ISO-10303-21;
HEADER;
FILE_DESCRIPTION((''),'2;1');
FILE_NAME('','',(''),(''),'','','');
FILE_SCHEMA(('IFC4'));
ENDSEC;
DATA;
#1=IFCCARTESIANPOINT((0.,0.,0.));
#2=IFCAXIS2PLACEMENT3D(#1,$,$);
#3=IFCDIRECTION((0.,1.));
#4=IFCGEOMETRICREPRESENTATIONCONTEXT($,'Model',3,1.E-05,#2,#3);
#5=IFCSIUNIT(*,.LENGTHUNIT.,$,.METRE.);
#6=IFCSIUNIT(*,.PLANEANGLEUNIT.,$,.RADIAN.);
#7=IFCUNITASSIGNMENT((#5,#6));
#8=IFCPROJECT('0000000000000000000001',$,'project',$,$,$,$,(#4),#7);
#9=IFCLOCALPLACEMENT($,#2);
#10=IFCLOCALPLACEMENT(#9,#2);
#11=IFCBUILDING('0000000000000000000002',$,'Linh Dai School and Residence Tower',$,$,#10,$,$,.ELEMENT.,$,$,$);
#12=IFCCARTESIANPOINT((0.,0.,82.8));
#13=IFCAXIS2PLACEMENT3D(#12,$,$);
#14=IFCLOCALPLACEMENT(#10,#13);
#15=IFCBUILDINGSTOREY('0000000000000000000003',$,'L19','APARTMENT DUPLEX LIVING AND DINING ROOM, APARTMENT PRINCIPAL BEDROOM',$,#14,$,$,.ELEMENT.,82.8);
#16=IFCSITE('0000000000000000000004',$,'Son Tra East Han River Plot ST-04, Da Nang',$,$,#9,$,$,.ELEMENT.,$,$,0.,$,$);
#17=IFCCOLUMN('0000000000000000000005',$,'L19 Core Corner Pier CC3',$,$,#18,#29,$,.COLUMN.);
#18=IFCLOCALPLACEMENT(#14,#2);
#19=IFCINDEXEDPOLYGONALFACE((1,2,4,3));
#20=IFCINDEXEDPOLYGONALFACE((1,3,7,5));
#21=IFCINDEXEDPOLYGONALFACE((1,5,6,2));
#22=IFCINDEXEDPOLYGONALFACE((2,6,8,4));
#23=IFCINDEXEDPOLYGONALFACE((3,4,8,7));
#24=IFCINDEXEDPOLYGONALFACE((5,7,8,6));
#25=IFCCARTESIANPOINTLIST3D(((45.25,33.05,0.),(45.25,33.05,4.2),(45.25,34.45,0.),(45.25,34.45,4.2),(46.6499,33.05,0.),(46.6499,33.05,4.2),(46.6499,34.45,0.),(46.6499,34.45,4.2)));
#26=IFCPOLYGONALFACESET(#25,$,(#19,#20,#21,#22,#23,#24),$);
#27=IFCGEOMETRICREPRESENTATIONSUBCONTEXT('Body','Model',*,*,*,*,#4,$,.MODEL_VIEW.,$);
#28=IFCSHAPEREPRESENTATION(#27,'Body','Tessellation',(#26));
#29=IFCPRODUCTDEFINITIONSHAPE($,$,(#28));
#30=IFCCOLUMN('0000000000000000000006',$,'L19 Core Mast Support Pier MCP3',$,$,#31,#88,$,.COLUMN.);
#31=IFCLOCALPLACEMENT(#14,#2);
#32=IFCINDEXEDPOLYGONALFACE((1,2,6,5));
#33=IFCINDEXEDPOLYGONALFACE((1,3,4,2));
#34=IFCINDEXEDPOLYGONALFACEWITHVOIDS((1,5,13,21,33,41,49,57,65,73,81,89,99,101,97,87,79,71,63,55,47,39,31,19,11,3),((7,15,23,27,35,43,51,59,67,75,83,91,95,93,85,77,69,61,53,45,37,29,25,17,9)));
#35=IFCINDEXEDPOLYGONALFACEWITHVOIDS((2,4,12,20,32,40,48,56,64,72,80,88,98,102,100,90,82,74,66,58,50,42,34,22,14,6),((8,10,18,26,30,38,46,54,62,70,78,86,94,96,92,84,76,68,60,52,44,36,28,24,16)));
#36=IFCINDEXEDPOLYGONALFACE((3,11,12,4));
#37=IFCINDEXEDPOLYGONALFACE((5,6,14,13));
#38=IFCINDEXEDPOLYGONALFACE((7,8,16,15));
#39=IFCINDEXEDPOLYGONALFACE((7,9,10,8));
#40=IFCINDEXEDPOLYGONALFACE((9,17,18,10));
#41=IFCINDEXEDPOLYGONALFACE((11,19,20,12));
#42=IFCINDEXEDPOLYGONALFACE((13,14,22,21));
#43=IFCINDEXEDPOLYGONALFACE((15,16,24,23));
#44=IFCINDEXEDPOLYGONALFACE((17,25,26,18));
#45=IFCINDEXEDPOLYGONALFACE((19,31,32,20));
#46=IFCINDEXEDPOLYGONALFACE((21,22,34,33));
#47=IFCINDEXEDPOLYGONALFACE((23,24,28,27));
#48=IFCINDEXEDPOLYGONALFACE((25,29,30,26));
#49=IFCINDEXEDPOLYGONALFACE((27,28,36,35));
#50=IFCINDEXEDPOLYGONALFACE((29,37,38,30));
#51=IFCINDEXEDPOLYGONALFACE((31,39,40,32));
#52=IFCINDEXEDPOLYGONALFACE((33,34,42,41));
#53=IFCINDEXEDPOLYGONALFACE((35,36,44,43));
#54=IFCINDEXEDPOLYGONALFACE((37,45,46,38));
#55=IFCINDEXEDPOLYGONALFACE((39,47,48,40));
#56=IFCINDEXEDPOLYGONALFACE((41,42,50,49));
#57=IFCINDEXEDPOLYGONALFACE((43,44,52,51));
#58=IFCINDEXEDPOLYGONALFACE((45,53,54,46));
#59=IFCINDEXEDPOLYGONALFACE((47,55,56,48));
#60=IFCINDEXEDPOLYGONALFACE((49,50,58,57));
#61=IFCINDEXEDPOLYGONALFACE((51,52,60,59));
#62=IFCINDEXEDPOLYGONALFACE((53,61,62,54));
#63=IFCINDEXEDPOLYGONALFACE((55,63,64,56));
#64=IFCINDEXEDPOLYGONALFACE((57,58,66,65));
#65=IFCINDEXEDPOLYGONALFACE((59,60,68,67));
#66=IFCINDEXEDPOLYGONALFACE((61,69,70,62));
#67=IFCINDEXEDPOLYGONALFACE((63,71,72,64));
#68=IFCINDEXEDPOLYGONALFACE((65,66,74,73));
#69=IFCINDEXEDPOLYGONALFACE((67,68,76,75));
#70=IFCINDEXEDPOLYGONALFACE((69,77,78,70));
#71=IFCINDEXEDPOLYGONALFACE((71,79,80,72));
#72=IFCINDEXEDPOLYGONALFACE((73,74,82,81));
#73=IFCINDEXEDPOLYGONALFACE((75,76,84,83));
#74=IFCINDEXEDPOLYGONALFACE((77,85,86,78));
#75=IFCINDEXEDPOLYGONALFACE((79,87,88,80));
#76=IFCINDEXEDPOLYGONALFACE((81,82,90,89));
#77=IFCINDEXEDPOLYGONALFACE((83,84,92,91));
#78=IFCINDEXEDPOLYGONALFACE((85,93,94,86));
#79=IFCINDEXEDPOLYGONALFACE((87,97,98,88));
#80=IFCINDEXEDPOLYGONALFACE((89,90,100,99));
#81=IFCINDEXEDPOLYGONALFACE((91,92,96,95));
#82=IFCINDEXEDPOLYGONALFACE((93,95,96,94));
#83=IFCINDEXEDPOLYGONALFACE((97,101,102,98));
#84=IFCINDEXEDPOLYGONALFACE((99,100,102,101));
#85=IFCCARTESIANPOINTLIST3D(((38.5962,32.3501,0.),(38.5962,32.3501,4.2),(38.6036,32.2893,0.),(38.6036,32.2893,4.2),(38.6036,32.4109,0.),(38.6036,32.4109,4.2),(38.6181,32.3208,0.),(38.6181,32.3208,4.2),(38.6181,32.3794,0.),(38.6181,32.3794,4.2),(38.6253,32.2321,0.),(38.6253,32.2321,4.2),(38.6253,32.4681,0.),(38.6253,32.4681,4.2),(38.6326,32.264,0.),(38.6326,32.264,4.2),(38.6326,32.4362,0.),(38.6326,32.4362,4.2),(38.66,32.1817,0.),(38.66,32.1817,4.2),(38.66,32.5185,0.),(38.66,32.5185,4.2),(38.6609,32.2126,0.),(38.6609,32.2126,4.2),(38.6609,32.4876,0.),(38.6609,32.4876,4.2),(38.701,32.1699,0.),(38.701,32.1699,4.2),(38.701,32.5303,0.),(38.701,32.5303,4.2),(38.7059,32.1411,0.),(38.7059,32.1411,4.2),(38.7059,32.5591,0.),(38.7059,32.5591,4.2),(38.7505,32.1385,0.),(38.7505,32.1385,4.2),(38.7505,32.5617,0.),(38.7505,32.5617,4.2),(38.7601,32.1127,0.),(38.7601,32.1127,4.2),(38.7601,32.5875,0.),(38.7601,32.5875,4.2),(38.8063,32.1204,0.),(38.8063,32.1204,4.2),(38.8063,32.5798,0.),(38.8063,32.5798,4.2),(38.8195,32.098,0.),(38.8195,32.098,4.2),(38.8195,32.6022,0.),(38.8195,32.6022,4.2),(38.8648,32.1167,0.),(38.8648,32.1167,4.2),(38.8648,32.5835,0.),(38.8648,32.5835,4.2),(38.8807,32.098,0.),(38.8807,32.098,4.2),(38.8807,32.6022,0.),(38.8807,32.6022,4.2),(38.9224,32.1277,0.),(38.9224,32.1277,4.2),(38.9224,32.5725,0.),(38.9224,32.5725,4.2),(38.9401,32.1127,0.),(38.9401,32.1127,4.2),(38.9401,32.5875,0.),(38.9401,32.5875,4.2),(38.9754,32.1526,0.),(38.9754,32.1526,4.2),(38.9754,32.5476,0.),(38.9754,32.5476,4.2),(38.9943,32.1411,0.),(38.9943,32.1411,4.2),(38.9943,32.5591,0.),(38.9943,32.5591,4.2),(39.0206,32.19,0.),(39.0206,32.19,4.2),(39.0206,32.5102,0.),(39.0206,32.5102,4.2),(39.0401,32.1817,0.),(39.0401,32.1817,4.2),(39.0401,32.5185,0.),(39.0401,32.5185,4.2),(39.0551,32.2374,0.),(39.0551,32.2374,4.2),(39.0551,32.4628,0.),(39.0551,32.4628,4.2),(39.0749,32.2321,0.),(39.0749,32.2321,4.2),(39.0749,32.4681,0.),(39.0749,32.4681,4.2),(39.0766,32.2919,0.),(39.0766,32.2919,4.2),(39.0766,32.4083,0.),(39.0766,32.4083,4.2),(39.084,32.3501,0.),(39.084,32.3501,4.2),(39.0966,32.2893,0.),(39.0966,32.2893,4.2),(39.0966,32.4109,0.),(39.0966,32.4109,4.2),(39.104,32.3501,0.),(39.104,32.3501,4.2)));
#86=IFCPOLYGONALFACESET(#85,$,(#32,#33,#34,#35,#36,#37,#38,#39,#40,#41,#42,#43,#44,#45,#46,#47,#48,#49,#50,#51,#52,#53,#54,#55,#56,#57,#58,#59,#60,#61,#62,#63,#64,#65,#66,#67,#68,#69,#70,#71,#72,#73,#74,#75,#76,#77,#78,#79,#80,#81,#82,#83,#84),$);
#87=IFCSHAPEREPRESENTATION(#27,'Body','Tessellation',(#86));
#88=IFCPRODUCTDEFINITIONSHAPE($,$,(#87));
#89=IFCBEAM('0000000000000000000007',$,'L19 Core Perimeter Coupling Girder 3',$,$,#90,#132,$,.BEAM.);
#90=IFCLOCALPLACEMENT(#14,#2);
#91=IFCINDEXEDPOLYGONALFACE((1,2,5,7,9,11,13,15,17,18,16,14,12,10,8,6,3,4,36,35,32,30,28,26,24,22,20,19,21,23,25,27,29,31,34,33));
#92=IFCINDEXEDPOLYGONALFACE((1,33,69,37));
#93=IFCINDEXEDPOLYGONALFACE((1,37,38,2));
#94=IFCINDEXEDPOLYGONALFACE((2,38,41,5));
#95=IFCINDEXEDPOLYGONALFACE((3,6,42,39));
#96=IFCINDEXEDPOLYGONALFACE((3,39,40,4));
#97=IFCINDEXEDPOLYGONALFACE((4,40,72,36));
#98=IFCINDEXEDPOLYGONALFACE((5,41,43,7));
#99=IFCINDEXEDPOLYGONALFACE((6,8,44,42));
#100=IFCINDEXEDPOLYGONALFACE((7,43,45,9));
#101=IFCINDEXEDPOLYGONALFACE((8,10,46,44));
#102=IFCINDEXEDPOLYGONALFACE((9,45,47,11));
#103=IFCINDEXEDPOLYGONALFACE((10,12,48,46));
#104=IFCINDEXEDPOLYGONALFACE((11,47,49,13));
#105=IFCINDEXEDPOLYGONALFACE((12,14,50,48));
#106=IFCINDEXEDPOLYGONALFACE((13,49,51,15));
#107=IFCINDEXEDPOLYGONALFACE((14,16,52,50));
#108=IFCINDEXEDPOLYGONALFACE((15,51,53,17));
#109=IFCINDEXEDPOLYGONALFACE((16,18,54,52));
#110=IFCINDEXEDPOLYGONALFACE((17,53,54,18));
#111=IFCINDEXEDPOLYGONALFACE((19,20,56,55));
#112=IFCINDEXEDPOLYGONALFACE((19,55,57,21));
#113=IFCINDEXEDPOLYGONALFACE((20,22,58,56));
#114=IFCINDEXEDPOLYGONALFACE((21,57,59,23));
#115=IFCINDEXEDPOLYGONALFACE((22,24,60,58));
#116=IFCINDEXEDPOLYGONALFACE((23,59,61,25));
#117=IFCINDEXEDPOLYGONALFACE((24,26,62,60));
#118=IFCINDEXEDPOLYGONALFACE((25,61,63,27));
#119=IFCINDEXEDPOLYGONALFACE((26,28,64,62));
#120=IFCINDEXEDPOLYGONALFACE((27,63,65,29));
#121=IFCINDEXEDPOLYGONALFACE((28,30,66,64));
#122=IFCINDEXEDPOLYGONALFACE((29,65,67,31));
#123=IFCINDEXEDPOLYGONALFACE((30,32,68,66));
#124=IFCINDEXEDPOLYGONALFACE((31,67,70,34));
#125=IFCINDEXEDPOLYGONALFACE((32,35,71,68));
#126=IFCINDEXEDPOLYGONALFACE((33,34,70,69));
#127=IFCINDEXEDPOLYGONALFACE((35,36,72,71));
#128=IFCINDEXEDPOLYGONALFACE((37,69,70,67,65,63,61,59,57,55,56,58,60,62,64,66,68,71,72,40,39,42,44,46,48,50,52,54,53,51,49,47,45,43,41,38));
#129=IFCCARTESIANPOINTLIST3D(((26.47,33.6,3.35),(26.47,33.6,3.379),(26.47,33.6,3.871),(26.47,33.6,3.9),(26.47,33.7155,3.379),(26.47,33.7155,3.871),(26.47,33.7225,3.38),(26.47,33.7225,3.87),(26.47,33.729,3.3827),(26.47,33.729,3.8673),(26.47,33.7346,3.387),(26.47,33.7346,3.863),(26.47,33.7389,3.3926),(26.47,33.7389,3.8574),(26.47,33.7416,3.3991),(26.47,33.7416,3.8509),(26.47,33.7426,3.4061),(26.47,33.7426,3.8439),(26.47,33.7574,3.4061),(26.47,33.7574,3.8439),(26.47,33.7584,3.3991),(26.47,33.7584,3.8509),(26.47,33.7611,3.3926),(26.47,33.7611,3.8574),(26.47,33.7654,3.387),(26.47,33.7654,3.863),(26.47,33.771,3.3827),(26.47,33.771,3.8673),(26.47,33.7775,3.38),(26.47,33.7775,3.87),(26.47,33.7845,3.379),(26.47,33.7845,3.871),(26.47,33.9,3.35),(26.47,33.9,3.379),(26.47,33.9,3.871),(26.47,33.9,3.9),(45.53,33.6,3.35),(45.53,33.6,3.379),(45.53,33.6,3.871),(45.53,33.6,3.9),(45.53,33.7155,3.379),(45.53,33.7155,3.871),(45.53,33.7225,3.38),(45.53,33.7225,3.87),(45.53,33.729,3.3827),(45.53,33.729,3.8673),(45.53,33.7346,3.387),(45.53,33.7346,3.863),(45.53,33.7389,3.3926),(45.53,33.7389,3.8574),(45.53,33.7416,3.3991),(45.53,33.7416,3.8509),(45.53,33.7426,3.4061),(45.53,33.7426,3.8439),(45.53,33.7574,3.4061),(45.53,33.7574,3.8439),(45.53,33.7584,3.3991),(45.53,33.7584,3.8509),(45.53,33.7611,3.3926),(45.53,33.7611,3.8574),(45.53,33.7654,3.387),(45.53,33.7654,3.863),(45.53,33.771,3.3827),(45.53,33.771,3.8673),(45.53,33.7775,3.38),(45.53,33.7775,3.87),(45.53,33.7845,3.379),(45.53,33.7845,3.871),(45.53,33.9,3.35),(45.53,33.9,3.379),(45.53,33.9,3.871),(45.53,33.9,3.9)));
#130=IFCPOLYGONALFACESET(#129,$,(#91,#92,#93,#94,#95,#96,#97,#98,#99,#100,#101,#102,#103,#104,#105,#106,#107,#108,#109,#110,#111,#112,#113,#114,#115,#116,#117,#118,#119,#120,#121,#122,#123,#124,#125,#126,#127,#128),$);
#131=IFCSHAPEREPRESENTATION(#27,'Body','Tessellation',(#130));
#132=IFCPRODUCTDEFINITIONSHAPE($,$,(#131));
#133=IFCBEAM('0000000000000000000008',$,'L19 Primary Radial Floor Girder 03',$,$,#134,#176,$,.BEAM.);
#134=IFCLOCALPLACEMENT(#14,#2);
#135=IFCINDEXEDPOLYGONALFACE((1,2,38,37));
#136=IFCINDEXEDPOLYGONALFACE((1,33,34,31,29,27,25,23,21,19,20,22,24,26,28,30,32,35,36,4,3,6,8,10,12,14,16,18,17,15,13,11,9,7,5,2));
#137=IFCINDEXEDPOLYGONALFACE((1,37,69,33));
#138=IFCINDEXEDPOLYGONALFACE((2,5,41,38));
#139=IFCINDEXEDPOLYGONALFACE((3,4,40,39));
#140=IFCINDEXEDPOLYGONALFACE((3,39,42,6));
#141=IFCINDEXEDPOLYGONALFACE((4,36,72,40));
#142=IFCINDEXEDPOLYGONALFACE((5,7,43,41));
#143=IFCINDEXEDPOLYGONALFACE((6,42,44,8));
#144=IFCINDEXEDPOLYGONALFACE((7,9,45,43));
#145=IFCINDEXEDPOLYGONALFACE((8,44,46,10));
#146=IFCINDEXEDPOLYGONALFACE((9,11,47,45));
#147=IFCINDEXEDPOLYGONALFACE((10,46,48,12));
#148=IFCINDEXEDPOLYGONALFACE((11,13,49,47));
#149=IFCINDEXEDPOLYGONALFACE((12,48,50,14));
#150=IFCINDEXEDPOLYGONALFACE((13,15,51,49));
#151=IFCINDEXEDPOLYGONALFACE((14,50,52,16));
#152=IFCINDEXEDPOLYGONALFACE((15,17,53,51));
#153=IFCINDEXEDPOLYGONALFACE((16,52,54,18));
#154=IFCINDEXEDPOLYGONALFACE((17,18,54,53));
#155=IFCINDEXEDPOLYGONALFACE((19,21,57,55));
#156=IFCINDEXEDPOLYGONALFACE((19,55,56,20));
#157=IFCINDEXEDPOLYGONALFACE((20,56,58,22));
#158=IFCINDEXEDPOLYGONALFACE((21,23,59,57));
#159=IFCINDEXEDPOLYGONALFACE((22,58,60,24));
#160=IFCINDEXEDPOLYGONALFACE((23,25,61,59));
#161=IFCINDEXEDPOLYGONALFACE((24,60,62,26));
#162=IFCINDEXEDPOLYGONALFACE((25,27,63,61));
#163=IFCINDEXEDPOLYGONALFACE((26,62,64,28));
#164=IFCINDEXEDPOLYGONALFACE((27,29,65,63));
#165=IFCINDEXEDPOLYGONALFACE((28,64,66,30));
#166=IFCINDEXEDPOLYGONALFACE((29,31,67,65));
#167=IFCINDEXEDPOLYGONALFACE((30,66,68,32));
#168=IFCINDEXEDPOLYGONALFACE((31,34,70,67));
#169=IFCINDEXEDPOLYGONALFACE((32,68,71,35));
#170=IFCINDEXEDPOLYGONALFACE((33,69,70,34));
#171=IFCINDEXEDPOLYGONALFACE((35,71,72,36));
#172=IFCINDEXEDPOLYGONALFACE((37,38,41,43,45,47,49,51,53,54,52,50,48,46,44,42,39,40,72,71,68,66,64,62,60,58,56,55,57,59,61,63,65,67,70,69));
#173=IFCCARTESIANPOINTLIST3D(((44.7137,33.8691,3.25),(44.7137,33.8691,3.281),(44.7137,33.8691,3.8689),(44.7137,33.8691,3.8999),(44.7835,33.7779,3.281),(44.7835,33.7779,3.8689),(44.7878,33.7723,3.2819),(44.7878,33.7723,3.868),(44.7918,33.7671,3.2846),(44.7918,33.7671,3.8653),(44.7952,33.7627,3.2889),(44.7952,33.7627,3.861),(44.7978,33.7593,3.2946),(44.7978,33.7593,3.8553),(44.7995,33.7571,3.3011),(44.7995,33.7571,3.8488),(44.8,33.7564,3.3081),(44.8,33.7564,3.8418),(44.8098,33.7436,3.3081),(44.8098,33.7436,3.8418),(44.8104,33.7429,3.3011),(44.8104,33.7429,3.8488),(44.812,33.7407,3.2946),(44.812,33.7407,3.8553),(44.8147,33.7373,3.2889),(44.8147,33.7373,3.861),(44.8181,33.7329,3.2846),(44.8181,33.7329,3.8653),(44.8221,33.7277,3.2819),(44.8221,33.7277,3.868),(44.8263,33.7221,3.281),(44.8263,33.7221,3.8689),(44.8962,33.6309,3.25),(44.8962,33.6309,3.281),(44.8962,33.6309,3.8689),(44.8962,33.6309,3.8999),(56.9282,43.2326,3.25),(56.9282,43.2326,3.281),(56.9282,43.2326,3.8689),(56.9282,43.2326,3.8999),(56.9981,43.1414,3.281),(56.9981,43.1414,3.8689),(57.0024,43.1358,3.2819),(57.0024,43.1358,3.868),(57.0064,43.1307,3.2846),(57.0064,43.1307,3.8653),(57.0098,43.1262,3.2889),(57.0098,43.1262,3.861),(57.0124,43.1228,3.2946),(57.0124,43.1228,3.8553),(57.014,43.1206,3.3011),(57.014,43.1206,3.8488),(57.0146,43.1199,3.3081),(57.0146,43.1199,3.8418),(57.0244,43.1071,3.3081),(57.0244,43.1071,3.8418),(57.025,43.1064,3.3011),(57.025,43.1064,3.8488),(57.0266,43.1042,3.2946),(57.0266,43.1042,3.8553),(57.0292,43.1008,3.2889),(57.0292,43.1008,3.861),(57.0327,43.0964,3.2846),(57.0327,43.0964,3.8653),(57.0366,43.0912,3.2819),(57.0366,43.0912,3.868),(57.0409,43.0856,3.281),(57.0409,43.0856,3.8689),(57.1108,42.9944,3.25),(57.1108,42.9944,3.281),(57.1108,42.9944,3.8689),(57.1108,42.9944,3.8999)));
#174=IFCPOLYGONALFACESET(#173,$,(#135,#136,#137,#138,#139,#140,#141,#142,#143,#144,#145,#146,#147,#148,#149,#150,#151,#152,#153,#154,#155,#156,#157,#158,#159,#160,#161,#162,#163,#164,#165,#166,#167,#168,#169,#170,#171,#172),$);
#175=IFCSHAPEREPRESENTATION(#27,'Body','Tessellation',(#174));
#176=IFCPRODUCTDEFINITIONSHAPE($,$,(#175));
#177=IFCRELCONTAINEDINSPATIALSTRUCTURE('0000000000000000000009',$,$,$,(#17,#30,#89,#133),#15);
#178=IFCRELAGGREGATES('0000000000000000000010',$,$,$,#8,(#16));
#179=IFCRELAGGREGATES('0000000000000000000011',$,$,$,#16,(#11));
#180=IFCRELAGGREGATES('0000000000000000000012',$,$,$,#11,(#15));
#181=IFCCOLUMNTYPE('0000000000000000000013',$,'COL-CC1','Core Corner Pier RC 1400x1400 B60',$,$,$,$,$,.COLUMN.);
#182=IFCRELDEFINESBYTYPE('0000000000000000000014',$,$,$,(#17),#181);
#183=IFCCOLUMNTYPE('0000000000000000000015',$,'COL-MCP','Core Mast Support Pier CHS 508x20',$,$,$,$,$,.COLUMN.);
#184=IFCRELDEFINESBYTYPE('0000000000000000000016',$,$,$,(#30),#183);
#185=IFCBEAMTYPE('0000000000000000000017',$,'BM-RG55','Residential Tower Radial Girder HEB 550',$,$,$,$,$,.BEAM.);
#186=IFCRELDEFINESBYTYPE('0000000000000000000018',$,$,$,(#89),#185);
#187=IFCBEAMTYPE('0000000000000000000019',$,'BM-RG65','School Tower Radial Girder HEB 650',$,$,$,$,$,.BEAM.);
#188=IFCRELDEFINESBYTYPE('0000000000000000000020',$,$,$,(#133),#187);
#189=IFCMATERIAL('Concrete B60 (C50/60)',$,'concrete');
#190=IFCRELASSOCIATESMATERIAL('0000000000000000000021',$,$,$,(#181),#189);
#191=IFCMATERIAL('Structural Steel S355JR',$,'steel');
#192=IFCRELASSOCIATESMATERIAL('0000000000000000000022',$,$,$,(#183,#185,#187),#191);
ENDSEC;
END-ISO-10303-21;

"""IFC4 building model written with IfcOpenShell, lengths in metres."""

from ifc_helpers import new_model, si_unit, direction, frame, origin, origin_2d, place, context, subcontext, project, spatial, rectangle, hollow_circle, i_section, extrude, material, material_profile, profile_set, type_object, element, save


model = new_model("IFC4")

# Units and contexts
model_context = context("Model", 3, precision=1e-05, world=origin(), true_north=direction((0.0, 1.0)))
body_context = subcontext(model_context, "Body", "Model", "MODEL_VIEW")
ifc_project = project(units=[si_unit("LENGTHUNIT", "METRE"), si_unit("PLANEANGLEUNIT", "RADIAN")], contexts=[model_context])

# Site, building, storey
site_placement = place(None, origin())
site = spatial("IfcSite", under=ifc_project, at=site_placement, Name="Son Tra East Han River Plot ST-04, Da Nang", CompositionType="ELEMENT", RefElevation=0.0)
building_placement = place(site_placement, origin())
building = spatial("IfcBuilding", under=site, at=building_placement, Name="Linh Dai School and Residence Tower", CompositionType="ELEMENT")
storey_placement = place(building_placement, frame((0.0, 0.0, 82.8)))
storey = spatial("IfcBuildingStorey", under=building, at=storey_placement, Name="L19", Description="APARTMENT DUPLEX LIVING AND DINING ROOM, APARTMENT PRINCIPAL BEDROOM", CompositionType="ELEMENT", Elevation=82.8)

# Columns
ifc_material_1 = material(Name="Concrete B60 (C50/60)", Category="concrete")
ifc_material_profile_1 = material_profile(ifc_material_1, rectangle(XDim=1.3999, YDim=1.3999, at=origin_2d()), Name="RC 1400x1400")
ifc_profile_set_1 = profile_set([ifc_material_profile_1], Name="Concrete B60 (C50/60)")
column_type_1 = type_object("IfcColumnType", Name="COL-CC1", Description="Core Corner Pier RC 1400x1400 B60", PredefinedType="COLUMN", material=ifc_profile_set_1)
column_1_placement = place(storey_placement, frame((45.95, 33.75, 0.0), z_axis=(0.0, 0.0, 1.0), x_axis=(1.0, 0.0, 0.0)))
element("IfcColumn", 1, at=column_1_placement, inside=storey, type_object=column_type_1, Name="L19 Core Corner Pier CC3", PredefinedType="COLUMN", context=body_context, shape_type="SweptSolid", body=[
    extrude(rectangle(XDim=1.3999, YDim=1.3999, at=origin_2d()), origin(), (0.0, 0.0, 1.0), 4.2),
])
ifc_material_2 = material(Name="Structural Steel S355JR", Category="steel")
ifc_material_profile_2 = material_profile(ifc_material_2, hollow_circle(Radius=0.2539, WallThickness=0.02, at=origin_2d()), Name="CHS 508x20")
ifc_profile_set_2 = profile_set([ifc_material_profile_2], Name="Structural Steel S355JR")
column_type_2 = type_object("IfcColumnType", Name="COL-MCP", Description="Core Mast Support Pier CHS 508x20", PredefinedType="COLUMN", material=ifc_profile_set_2)
column_2_placement = place(storey_placement, frame((38.8501, 32.3501, 0.0), z_axis=(0.0, 0.0, 1.0), x_axis=(1.0, 0.0, 0.0)))
element("IfcColumn", 2, at=column_2_placement, inside=storey, type_object=column_type_2, Name="L19 Core Mast Support Pier MCP3", PredefinedType="COLUMN", context=body_context, shape_type="SweptSolid", body=[
    extrude(hollow_circle(Radius=0.2539, WallThickness=0.02, at=origin_2d()), origin(), (0.0, 0.0, 1.0), 4.2),
])

# Beams
ifc_material_profile_3 = material_profile(ifc_material_2, i_section(OverallWidth=0.3, OverallDepth=0.55, WebThickness=0.0149, FlangeThickness=0.0291, FilletRadius=0.0271, at=origin_2d()), Name="HEB 550")
ifc_profile_set_3 = profile_set([ifc_material_profile_3], Name="Structural Steel S355JR")
beam_type_1 = type_object("IfcBeamType", Name="BM-RG55", Description="Residential Tower Radial Girder HEB 550", PredefinedType="BEAM", material=ifc_profile_set_3)
beam_1_placement = place(storey_placement, frame((45.53, 33.75, 3.625), z_axis=(-1.0, 0.0, 0.0), x_axis=(0.0, -1.0, 0.0)))
element("IfcBeam", 3, at=beam_1_placement, inside=storey, type_object=beam_type_1, Name="L19 Core Perimeter Coupling Girder 3", PredefinedType="BEAM", context=body_context, shape_type="SweptSolid", body=[
    extrude(i_section(OverallWidth=0.3, OverallDepth=0.55, WebThickness=0.0149, FlangeThickness=0.0291, FilletRadius=0.0271, at=origin_2d()), origin(), (0.0, 0.0, 1.0), 19.0601),
])
ifc_material_profile_4 = material_profile(ifc_material_2, i_section(OverallWidth=0.3, OverallDepth=0.6499, WebThickness=0.0161, FlangeThickness=0.031, FilletRadius=0.0271, at=origin_2d()), Name="HEB 650")
ifc_profile_set_4 = profile_set([ifc_material_profile_4], Name="Structural Steel S355JR")
beam_type_2 = type_object("IfcBeamType", Name="BM-RG65", Description="School Tower Radial Girder HEB 650", PredefinedType="BEAM", material=ifc_profile_set_4)
beam_2_placement = place(storey_placement, frame((44.8049, 33.75, 3.575), z_axis=(0.793638, 0.608391, 0.0), x_axis=(-0.608391, 0.793638, 0.0)))
element("IfcBeam", 4, at=beam_2_placement, inside=storey, type_object=beam_type_2, Name="L19 Primary Radial Floor Girder 03", PredefinedType="BEAM", context=body_context, shape_type="SweptSolid", body=[
    extrude(i_section(OverallWidth=0.3, OverallDepth=0.6499, WebThickness=0.0161, FlangeThickness=0.031, FilletRadius=0.0271, at=origin_2d()), origin(), (0.0, 0.0, 1.0), 15.3906),
])

save(model, "model.ifc")
